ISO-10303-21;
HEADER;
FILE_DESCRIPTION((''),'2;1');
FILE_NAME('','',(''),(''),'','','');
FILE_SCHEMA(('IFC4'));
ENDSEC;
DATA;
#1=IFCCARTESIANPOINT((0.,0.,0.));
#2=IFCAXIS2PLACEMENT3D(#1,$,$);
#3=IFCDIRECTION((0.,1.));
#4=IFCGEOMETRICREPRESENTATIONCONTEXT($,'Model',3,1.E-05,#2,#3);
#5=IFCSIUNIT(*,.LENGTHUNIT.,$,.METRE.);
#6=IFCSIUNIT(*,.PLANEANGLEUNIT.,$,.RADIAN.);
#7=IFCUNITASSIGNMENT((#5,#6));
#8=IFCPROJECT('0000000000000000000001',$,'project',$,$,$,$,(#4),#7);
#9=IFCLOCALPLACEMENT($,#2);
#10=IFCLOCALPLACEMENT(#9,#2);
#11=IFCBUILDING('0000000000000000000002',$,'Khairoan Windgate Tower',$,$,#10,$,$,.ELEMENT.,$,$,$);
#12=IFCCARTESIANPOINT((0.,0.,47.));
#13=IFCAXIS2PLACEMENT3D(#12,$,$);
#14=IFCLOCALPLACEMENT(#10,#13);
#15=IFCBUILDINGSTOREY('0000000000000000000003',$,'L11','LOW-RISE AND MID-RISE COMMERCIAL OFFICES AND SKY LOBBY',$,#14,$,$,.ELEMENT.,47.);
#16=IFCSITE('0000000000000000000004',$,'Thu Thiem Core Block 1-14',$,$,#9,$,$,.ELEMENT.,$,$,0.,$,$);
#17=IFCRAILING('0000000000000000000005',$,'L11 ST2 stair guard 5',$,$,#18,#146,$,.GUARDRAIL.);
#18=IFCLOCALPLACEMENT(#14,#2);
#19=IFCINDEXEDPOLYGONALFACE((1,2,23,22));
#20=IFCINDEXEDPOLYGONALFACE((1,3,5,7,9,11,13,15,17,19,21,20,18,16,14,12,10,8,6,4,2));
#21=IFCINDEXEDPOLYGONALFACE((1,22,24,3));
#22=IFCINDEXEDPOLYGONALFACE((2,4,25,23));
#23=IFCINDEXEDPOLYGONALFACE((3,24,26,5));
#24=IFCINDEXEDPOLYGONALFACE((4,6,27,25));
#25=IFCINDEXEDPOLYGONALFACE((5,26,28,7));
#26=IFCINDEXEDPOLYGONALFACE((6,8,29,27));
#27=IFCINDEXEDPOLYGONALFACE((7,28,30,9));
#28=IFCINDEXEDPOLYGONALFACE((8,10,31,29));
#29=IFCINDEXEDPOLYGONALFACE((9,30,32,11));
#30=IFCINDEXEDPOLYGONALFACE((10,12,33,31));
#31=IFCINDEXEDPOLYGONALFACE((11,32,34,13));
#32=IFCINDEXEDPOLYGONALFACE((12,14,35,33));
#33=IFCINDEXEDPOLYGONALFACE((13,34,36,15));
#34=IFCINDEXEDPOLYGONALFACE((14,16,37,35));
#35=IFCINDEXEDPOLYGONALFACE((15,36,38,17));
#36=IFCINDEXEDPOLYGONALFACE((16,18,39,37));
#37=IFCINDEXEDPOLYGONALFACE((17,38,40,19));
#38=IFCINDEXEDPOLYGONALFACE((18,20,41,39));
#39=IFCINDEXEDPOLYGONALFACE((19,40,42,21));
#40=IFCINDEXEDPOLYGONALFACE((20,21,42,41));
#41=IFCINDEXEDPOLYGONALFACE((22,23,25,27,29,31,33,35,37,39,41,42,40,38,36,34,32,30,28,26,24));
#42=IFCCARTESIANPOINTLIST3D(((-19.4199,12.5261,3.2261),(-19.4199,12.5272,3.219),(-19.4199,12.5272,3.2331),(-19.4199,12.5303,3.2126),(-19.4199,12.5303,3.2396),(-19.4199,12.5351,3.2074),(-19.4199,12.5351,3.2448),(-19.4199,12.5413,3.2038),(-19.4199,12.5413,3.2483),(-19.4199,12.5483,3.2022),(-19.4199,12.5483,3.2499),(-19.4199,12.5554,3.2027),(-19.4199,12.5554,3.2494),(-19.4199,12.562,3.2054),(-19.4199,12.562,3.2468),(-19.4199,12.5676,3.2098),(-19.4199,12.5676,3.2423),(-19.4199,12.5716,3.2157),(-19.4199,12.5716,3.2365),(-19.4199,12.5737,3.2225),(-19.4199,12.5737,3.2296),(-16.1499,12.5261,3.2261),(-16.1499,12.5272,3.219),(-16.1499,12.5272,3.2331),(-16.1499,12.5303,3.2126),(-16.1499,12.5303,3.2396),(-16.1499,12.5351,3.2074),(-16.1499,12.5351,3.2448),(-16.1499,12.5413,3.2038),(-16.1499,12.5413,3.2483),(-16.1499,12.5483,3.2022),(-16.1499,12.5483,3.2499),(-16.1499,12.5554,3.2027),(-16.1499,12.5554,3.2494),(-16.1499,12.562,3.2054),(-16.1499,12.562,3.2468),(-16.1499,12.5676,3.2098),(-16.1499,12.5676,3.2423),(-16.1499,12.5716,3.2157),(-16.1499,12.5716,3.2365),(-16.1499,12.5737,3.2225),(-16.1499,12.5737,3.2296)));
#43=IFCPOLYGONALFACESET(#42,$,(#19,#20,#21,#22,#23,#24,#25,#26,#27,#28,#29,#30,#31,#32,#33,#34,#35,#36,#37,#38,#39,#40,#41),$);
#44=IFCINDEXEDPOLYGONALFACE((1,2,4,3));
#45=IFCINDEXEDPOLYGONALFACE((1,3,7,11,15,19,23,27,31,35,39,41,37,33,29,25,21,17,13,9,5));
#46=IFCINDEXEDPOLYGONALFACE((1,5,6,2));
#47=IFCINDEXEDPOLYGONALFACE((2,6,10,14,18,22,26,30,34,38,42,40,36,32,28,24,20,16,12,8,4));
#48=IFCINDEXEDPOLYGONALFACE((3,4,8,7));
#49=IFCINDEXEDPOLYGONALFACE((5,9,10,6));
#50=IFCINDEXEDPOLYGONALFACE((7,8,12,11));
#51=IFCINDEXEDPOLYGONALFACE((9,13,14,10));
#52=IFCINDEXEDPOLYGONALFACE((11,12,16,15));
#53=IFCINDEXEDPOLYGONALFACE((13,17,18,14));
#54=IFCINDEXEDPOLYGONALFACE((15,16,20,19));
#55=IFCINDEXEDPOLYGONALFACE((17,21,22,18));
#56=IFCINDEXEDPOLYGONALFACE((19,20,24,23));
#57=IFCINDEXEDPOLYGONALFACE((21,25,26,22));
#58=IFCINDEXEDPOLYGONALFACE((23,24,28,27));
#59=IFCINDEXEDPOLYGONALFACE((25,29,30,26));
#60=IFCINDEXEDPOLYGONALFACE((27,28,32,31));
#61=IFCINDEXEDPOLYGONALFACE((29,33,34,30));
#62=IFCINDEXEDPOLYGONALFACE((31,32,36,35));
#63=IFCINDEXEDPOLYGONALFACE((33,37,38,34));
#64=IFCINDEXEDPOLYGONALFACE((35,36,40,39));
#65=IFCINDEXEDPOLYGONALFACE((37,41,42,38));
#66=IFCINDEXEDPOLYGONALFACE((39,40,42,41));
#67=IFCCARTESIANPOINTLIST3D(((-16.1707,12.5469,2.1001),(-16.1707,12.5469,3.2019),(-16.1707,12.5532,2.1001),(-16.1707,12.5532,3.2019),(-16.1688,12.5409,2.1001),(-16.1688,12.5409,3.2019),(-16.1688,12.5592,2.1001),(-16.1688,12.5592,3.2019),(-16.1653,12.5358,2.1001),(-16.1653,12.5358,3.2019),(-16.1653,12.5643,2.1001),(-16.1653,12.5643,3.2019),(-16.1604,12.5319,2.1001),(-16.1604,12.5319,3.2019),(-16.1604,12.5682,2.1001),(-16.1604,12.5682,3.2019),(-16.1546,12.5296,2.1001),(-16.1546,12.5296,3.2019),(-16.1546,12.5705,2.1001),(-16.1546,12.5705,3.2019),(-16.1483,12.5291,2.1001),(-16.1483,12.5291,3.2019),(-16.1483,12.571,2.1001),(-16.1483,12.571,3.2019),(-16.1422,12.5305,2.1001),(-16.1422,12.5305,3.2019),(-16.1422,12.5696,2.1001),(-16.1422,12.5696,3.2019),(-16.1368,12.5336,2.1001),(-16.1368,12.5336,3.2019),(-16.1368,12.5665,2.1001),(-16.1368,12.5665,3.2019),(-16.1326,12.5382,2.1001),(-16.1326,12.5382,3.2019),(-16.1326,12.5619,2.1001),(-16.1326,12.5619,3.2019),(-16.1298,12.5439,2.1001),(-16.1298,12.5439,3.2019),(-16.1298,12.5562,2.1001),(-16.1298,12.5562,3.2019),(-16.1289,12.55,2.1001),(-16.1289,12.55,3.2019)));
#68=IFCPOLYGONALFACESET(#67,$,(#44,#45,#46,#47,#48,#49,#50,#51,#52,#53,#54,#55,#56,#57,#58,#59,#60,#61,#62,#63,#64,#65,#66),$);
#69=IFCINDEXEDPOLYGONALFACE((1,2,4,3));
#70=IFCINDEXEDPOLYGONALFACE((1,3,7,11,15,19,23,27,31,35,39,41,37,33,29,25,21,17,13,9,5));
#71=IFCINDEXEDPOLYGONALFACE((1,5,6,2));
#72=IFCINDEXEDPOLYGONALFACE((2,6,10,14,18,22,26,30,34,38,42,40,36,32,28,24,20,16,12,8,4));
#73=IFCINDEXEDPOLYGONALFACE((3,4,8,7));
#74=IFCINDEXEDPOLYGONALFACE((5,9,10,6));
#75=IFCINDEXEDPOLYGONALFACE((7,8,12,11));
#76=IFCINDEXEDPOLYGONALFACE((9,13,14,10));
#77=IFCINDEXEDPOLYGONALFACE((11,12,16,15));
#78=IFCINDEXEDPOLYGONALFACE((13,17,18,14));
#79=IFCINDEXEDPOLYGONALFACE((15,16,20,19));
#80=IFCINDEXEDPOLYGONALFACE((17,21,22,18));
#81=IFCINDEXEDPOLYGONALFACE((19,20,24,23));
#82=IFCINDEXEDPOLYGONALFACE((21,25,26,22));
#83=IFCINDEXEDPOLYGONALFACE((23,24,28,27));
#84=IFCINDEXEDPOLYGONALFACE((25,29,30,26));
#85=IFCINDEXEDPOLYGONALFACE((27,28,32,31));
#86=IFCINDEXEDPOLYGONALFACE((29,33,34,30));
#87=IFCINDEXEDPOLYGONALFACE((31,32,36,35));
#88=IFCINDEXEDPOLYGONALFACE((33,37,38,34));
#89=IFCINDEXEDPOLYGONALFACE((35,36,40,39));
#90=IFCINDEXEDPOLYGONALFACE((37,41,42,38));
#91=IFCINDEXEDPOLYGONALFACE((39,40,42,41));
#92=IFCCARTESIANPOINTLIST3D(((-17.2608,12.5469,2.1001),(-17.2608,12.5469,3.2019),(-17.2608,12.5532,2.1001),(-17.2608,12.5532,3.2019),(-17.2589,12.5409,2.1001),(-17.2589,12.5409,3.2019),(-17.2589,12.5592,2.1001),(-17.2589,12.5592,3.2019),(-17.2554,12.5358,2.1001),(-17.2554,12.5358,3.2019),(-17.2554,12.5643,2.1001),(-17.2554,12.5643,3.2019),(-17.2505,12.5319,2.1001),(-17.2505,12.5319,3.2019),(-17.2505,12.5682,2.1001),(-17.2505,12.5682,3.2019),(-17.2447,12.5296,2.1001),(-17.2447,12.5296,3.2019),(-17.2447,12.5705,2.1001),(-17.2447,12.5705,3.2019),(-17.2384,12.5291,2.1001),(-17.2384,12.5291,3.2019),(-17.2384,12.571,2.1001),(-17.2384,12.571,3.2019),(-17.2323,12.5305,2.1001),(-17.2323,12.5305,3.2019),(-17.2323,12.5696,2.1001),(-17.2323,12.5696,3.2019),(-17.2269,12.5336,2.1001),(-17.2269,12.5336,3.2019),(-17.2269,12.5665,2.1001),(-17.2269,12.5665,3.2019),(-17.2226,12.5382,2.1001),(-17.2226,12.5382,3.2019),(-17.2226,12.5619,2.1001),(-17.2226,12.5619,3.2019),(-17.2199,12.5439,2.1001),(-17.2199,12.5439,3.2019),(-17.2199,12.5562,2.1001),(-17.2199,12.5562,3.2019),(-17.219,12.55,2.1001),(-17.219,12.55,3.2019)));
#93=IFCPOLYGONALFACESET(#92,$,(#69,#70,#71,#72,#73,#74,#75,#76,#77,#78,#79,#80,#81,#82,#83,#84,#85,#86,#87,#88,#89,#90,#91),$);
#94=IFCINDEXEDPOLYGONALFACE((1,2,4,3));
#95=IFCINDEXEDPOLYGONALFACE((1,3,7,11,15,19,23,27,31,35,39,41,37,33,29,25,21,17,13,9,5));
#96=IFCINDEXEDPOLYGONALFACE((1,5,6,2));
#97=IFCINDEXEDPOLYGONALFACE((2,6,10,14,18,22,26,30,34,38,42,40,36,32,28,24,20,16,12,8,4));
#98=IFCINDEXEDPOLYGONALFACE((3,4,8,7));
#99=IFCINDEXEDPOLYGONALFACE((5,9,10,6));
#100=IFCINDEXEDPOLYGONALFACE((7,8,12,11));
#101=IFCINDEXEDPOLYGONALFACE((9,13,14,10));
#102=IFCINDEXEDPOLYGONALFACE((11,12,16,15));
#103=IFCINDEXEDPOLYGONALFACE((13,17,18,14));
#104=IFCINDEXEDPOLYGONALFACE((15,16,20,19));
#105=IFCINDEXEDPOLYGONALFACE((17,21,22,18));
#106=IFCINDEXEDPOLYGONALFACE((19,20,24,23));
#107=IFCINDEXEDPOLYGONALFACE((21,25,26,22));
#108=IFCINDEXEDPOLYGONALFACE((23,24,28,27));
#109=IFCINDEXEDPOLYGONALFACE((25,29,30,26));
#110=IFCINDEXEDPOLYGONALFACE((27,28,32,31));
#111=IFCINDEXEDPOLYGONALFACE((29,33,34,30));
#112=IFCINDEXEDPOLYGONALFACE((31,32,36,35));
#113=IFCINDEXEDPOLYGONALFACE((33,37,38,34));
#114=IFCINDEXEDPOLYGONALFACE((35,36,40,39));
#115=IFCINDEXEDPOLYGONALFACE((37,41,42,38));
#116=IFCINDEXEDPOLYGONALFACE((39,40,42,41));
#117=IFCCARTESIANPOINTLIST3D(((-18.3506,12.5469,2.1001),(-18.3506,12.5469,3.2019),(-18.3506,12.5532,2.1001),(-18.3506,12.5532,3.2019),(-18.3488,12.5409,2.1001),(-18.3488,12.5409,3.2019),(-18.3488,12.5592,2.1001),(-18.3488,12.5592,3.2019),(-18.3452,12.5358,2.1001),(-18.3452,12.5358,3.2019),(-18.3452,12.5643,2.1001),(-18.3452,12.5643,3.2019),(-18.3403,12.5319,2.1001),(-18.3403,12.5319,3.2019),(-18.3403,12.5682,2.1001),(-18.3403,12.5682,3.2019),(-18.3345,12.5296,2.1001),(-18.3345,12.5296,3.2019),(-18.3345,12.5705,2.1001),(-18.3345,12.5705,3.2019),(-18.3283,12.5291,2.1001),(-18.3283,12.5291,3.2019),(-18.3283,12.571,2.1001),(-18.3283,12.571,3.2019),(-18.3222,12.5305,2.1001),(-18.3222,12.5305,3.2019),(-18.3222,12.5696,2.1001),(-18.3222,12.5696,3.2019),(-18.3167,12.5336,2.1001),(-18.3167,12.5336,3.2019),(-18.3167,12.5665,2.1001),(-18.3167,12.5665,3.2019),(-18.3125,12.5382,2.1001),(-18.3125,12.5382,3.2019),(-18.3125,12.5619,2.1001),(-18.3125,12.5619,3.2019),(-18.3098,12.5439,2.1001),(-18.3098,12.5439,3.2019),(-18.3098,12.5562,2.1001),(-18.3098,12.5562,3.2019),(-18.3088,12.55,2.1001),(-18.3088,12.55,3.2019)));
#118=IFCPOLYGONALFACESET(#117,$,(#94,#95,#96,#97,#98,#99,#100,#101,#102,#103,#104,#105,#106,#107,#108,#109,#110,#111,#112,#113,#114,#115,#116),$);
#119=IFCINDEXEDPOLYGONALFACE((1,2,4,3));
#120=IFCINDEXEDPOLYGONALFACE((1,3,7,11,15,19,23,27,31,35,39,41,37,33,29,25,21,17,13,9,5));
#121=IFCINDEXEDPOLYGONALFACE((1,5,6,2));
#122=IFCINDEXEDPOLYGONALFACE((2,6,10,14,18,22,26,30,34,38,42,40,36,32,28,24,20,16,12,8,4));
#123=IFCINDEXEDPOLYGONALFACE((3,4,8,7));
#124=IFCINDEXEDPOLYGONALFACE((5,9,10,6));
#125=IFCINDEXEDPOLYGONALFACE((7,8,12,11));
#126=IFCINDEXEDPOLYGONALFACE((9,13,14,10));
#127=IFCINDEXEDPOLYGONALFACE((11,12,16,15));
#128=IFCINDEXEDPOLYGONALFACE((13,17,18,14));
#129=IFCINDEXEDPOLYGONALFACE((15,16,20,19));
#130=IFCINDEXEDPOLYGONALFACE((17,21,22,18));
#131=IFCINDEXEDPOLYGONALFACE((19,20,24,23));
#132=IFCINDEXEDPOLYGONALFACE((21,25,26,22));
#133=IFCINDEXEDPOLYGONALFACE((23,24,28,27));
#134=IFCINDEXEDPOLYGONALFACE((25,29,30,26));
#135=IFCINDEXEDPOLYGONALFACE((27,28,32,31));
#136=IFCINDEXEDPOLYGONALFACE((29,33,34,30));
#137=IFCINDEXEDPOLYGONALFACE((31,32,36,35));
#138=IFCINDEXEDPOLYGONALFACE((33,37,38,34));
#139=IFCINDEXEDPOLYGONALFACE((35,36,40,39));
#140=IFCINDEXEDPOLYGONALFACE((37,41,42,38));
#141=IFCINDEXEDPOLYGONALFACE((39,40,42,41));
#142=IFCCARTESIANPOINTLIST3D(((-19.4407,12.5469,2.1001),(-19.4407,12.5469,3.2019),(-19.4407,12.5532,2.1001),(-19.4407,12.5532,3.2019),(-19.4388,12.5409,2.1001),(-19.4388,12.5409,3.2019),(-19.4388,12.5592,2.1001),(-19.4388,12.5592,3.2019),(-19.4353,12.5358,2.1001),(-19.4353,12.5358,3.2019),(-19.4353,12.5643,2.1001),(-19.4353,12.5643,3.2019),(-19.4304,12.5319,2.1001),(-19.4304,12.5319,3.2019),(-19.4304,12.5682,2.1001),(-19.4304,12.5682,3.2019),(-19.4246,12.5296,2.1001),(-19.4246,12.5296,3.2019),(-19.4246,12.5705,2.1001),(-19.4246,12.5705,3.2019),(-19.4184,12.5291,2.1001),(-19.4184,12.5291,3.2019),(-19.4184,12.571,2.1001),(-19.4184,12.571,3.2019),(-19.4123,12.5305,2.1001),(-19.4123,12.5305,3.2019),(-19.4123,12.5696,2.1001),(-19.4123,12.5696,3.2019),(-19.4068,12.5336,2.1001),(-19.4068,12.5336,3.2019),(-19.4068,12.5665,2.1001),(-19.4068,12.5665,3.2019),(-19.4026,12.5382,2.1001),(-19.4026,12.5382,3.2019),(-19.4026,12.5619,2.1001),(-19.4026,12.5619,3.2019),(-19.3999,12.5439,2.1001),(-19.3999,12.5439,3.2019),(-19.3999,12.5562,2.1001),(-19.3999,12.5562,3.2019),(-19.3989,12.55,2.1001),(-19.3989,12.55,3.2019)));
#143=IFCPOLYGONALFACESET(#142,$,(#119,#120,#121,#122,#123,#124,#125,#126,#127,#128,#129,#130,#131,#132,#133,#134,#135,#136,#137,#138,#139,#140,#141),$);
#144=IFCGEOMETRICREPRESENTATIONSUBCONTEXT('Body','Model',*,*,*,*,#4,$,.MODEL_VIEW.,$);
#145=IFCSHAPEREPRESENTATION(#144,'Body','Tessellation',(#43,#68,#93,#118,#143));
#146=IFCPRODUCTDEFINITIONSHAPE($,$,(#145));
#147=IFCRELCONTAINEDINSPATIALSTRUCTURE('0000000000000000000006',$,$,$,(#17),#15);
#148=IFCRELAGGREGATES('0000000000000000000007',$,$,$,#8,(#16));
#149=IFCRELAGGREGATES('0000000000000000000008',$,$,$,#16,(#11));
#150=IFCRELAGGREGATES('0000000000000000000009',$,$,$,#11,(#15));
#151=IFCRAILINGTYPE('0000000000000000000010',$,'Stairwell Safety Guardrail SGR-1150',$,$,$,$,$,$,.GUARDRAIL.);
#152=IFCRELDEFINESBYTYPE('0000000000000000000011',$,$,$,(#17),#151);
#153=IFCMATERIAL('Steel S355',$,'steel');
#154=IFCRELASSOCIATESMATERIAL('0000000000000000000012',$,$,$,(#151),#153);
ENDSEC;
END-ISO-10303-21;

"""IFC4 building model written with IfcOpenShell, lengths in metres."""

from ifc_helpers import new_model, si_unit, direction, frame, origin, origin_2d, place, context, subcontext, project, spatial, circle, extrude, material, type_object, element, save


model = new_model("IFC4")

# Units and contexts
model_context = context("Model", 3, precision=1e-05, world=origin(), true_north=direction((0.0, 1.0)))
body_context = subcontext(model_context, "Body", "Model", "MODEL_VIEW")
ifc_project = project(units=[si_unit("LENGTHUNIT", "METRE"), si_unit("PLANEANGLEUNIT", "RADIAN")], contexts=[model_context])

# Site, building, storey
site_placement = place(None, origin())
site = spatial("IfcSite", under=ifc_project, at=site_placement, Name="Thu Thiem Core Block 1-14", CompositionType="ELEMENT", RefElevation=0.0)
building_placement = place(site_placement, origin())
building = spatial("IfcBuilding", under=site, at=building_placement, Name="Khairoan Windgate Tower", CompositionType="ELEMENT")
storey_placement = place(building_placement, frame((0.0, 0.0, 47.0)))
storey = spatial("IfcBuildingStorey", under=building, at=storey_placement, Name="L11", Description="LOW-RISE AND MID-RISE COMMERCIAL OFFICES AND SKY LOBBY", CompositionType="ELEMENT", Elevation=47.0)

# Railing
ifc_material_1 = material(Name="Steel S355", Category="steel")
railing_type = type_object("IfcRailingType", Name="Stairwell Safety Guardrail SGR-1150", PredefinedType="GUARDRAIL", material=ifc_material_1)
railing_1_placement = place(storey_placement, frame((-16.1499, 12.55, 2.1001)))
element("IfcRailing", 1, at=railing_1_placement, inside=storey, type_object=railing_type, Name="L11 ST2 stair guard 5", PredefinedType="GUARDRAIL", context=body_context, shape_type="SweptSolid", body=[
    extrude(circle(Radius=0.0239, at=origin_2d()), frame((0.0, 0.0, 1.126), z_axis=(-1.0, 0.0, 0.0), x_axis=(0.0, -1.0, 0.0)), (0.0, 0.0, 1.0), 3.27),
    extrude(circle(Radius=0.021, at=origin_2d()), origin(), (0.0, 0.0, 1.0), 1.1018),
    extrude(circle(Radius=0.021, at=origin_2d()), frame((-1.0901, 0.0, 0.0)), (0.0, 0.0, 1.0), 1.1018),
    extrude(circle(Radius=0.021, at=origin_2d()), frame((-2.1799, 0.0, 0.0)), (0.0, 0.0, 1.0), 1.1018),
    extrude(circle(Radius=0.021, at=origin_2d()), frame((-3.27, 0.0, 0.0)), (0.0, 0.0, 1.0), 1.1018),
])

save(model, "model.ifc")
